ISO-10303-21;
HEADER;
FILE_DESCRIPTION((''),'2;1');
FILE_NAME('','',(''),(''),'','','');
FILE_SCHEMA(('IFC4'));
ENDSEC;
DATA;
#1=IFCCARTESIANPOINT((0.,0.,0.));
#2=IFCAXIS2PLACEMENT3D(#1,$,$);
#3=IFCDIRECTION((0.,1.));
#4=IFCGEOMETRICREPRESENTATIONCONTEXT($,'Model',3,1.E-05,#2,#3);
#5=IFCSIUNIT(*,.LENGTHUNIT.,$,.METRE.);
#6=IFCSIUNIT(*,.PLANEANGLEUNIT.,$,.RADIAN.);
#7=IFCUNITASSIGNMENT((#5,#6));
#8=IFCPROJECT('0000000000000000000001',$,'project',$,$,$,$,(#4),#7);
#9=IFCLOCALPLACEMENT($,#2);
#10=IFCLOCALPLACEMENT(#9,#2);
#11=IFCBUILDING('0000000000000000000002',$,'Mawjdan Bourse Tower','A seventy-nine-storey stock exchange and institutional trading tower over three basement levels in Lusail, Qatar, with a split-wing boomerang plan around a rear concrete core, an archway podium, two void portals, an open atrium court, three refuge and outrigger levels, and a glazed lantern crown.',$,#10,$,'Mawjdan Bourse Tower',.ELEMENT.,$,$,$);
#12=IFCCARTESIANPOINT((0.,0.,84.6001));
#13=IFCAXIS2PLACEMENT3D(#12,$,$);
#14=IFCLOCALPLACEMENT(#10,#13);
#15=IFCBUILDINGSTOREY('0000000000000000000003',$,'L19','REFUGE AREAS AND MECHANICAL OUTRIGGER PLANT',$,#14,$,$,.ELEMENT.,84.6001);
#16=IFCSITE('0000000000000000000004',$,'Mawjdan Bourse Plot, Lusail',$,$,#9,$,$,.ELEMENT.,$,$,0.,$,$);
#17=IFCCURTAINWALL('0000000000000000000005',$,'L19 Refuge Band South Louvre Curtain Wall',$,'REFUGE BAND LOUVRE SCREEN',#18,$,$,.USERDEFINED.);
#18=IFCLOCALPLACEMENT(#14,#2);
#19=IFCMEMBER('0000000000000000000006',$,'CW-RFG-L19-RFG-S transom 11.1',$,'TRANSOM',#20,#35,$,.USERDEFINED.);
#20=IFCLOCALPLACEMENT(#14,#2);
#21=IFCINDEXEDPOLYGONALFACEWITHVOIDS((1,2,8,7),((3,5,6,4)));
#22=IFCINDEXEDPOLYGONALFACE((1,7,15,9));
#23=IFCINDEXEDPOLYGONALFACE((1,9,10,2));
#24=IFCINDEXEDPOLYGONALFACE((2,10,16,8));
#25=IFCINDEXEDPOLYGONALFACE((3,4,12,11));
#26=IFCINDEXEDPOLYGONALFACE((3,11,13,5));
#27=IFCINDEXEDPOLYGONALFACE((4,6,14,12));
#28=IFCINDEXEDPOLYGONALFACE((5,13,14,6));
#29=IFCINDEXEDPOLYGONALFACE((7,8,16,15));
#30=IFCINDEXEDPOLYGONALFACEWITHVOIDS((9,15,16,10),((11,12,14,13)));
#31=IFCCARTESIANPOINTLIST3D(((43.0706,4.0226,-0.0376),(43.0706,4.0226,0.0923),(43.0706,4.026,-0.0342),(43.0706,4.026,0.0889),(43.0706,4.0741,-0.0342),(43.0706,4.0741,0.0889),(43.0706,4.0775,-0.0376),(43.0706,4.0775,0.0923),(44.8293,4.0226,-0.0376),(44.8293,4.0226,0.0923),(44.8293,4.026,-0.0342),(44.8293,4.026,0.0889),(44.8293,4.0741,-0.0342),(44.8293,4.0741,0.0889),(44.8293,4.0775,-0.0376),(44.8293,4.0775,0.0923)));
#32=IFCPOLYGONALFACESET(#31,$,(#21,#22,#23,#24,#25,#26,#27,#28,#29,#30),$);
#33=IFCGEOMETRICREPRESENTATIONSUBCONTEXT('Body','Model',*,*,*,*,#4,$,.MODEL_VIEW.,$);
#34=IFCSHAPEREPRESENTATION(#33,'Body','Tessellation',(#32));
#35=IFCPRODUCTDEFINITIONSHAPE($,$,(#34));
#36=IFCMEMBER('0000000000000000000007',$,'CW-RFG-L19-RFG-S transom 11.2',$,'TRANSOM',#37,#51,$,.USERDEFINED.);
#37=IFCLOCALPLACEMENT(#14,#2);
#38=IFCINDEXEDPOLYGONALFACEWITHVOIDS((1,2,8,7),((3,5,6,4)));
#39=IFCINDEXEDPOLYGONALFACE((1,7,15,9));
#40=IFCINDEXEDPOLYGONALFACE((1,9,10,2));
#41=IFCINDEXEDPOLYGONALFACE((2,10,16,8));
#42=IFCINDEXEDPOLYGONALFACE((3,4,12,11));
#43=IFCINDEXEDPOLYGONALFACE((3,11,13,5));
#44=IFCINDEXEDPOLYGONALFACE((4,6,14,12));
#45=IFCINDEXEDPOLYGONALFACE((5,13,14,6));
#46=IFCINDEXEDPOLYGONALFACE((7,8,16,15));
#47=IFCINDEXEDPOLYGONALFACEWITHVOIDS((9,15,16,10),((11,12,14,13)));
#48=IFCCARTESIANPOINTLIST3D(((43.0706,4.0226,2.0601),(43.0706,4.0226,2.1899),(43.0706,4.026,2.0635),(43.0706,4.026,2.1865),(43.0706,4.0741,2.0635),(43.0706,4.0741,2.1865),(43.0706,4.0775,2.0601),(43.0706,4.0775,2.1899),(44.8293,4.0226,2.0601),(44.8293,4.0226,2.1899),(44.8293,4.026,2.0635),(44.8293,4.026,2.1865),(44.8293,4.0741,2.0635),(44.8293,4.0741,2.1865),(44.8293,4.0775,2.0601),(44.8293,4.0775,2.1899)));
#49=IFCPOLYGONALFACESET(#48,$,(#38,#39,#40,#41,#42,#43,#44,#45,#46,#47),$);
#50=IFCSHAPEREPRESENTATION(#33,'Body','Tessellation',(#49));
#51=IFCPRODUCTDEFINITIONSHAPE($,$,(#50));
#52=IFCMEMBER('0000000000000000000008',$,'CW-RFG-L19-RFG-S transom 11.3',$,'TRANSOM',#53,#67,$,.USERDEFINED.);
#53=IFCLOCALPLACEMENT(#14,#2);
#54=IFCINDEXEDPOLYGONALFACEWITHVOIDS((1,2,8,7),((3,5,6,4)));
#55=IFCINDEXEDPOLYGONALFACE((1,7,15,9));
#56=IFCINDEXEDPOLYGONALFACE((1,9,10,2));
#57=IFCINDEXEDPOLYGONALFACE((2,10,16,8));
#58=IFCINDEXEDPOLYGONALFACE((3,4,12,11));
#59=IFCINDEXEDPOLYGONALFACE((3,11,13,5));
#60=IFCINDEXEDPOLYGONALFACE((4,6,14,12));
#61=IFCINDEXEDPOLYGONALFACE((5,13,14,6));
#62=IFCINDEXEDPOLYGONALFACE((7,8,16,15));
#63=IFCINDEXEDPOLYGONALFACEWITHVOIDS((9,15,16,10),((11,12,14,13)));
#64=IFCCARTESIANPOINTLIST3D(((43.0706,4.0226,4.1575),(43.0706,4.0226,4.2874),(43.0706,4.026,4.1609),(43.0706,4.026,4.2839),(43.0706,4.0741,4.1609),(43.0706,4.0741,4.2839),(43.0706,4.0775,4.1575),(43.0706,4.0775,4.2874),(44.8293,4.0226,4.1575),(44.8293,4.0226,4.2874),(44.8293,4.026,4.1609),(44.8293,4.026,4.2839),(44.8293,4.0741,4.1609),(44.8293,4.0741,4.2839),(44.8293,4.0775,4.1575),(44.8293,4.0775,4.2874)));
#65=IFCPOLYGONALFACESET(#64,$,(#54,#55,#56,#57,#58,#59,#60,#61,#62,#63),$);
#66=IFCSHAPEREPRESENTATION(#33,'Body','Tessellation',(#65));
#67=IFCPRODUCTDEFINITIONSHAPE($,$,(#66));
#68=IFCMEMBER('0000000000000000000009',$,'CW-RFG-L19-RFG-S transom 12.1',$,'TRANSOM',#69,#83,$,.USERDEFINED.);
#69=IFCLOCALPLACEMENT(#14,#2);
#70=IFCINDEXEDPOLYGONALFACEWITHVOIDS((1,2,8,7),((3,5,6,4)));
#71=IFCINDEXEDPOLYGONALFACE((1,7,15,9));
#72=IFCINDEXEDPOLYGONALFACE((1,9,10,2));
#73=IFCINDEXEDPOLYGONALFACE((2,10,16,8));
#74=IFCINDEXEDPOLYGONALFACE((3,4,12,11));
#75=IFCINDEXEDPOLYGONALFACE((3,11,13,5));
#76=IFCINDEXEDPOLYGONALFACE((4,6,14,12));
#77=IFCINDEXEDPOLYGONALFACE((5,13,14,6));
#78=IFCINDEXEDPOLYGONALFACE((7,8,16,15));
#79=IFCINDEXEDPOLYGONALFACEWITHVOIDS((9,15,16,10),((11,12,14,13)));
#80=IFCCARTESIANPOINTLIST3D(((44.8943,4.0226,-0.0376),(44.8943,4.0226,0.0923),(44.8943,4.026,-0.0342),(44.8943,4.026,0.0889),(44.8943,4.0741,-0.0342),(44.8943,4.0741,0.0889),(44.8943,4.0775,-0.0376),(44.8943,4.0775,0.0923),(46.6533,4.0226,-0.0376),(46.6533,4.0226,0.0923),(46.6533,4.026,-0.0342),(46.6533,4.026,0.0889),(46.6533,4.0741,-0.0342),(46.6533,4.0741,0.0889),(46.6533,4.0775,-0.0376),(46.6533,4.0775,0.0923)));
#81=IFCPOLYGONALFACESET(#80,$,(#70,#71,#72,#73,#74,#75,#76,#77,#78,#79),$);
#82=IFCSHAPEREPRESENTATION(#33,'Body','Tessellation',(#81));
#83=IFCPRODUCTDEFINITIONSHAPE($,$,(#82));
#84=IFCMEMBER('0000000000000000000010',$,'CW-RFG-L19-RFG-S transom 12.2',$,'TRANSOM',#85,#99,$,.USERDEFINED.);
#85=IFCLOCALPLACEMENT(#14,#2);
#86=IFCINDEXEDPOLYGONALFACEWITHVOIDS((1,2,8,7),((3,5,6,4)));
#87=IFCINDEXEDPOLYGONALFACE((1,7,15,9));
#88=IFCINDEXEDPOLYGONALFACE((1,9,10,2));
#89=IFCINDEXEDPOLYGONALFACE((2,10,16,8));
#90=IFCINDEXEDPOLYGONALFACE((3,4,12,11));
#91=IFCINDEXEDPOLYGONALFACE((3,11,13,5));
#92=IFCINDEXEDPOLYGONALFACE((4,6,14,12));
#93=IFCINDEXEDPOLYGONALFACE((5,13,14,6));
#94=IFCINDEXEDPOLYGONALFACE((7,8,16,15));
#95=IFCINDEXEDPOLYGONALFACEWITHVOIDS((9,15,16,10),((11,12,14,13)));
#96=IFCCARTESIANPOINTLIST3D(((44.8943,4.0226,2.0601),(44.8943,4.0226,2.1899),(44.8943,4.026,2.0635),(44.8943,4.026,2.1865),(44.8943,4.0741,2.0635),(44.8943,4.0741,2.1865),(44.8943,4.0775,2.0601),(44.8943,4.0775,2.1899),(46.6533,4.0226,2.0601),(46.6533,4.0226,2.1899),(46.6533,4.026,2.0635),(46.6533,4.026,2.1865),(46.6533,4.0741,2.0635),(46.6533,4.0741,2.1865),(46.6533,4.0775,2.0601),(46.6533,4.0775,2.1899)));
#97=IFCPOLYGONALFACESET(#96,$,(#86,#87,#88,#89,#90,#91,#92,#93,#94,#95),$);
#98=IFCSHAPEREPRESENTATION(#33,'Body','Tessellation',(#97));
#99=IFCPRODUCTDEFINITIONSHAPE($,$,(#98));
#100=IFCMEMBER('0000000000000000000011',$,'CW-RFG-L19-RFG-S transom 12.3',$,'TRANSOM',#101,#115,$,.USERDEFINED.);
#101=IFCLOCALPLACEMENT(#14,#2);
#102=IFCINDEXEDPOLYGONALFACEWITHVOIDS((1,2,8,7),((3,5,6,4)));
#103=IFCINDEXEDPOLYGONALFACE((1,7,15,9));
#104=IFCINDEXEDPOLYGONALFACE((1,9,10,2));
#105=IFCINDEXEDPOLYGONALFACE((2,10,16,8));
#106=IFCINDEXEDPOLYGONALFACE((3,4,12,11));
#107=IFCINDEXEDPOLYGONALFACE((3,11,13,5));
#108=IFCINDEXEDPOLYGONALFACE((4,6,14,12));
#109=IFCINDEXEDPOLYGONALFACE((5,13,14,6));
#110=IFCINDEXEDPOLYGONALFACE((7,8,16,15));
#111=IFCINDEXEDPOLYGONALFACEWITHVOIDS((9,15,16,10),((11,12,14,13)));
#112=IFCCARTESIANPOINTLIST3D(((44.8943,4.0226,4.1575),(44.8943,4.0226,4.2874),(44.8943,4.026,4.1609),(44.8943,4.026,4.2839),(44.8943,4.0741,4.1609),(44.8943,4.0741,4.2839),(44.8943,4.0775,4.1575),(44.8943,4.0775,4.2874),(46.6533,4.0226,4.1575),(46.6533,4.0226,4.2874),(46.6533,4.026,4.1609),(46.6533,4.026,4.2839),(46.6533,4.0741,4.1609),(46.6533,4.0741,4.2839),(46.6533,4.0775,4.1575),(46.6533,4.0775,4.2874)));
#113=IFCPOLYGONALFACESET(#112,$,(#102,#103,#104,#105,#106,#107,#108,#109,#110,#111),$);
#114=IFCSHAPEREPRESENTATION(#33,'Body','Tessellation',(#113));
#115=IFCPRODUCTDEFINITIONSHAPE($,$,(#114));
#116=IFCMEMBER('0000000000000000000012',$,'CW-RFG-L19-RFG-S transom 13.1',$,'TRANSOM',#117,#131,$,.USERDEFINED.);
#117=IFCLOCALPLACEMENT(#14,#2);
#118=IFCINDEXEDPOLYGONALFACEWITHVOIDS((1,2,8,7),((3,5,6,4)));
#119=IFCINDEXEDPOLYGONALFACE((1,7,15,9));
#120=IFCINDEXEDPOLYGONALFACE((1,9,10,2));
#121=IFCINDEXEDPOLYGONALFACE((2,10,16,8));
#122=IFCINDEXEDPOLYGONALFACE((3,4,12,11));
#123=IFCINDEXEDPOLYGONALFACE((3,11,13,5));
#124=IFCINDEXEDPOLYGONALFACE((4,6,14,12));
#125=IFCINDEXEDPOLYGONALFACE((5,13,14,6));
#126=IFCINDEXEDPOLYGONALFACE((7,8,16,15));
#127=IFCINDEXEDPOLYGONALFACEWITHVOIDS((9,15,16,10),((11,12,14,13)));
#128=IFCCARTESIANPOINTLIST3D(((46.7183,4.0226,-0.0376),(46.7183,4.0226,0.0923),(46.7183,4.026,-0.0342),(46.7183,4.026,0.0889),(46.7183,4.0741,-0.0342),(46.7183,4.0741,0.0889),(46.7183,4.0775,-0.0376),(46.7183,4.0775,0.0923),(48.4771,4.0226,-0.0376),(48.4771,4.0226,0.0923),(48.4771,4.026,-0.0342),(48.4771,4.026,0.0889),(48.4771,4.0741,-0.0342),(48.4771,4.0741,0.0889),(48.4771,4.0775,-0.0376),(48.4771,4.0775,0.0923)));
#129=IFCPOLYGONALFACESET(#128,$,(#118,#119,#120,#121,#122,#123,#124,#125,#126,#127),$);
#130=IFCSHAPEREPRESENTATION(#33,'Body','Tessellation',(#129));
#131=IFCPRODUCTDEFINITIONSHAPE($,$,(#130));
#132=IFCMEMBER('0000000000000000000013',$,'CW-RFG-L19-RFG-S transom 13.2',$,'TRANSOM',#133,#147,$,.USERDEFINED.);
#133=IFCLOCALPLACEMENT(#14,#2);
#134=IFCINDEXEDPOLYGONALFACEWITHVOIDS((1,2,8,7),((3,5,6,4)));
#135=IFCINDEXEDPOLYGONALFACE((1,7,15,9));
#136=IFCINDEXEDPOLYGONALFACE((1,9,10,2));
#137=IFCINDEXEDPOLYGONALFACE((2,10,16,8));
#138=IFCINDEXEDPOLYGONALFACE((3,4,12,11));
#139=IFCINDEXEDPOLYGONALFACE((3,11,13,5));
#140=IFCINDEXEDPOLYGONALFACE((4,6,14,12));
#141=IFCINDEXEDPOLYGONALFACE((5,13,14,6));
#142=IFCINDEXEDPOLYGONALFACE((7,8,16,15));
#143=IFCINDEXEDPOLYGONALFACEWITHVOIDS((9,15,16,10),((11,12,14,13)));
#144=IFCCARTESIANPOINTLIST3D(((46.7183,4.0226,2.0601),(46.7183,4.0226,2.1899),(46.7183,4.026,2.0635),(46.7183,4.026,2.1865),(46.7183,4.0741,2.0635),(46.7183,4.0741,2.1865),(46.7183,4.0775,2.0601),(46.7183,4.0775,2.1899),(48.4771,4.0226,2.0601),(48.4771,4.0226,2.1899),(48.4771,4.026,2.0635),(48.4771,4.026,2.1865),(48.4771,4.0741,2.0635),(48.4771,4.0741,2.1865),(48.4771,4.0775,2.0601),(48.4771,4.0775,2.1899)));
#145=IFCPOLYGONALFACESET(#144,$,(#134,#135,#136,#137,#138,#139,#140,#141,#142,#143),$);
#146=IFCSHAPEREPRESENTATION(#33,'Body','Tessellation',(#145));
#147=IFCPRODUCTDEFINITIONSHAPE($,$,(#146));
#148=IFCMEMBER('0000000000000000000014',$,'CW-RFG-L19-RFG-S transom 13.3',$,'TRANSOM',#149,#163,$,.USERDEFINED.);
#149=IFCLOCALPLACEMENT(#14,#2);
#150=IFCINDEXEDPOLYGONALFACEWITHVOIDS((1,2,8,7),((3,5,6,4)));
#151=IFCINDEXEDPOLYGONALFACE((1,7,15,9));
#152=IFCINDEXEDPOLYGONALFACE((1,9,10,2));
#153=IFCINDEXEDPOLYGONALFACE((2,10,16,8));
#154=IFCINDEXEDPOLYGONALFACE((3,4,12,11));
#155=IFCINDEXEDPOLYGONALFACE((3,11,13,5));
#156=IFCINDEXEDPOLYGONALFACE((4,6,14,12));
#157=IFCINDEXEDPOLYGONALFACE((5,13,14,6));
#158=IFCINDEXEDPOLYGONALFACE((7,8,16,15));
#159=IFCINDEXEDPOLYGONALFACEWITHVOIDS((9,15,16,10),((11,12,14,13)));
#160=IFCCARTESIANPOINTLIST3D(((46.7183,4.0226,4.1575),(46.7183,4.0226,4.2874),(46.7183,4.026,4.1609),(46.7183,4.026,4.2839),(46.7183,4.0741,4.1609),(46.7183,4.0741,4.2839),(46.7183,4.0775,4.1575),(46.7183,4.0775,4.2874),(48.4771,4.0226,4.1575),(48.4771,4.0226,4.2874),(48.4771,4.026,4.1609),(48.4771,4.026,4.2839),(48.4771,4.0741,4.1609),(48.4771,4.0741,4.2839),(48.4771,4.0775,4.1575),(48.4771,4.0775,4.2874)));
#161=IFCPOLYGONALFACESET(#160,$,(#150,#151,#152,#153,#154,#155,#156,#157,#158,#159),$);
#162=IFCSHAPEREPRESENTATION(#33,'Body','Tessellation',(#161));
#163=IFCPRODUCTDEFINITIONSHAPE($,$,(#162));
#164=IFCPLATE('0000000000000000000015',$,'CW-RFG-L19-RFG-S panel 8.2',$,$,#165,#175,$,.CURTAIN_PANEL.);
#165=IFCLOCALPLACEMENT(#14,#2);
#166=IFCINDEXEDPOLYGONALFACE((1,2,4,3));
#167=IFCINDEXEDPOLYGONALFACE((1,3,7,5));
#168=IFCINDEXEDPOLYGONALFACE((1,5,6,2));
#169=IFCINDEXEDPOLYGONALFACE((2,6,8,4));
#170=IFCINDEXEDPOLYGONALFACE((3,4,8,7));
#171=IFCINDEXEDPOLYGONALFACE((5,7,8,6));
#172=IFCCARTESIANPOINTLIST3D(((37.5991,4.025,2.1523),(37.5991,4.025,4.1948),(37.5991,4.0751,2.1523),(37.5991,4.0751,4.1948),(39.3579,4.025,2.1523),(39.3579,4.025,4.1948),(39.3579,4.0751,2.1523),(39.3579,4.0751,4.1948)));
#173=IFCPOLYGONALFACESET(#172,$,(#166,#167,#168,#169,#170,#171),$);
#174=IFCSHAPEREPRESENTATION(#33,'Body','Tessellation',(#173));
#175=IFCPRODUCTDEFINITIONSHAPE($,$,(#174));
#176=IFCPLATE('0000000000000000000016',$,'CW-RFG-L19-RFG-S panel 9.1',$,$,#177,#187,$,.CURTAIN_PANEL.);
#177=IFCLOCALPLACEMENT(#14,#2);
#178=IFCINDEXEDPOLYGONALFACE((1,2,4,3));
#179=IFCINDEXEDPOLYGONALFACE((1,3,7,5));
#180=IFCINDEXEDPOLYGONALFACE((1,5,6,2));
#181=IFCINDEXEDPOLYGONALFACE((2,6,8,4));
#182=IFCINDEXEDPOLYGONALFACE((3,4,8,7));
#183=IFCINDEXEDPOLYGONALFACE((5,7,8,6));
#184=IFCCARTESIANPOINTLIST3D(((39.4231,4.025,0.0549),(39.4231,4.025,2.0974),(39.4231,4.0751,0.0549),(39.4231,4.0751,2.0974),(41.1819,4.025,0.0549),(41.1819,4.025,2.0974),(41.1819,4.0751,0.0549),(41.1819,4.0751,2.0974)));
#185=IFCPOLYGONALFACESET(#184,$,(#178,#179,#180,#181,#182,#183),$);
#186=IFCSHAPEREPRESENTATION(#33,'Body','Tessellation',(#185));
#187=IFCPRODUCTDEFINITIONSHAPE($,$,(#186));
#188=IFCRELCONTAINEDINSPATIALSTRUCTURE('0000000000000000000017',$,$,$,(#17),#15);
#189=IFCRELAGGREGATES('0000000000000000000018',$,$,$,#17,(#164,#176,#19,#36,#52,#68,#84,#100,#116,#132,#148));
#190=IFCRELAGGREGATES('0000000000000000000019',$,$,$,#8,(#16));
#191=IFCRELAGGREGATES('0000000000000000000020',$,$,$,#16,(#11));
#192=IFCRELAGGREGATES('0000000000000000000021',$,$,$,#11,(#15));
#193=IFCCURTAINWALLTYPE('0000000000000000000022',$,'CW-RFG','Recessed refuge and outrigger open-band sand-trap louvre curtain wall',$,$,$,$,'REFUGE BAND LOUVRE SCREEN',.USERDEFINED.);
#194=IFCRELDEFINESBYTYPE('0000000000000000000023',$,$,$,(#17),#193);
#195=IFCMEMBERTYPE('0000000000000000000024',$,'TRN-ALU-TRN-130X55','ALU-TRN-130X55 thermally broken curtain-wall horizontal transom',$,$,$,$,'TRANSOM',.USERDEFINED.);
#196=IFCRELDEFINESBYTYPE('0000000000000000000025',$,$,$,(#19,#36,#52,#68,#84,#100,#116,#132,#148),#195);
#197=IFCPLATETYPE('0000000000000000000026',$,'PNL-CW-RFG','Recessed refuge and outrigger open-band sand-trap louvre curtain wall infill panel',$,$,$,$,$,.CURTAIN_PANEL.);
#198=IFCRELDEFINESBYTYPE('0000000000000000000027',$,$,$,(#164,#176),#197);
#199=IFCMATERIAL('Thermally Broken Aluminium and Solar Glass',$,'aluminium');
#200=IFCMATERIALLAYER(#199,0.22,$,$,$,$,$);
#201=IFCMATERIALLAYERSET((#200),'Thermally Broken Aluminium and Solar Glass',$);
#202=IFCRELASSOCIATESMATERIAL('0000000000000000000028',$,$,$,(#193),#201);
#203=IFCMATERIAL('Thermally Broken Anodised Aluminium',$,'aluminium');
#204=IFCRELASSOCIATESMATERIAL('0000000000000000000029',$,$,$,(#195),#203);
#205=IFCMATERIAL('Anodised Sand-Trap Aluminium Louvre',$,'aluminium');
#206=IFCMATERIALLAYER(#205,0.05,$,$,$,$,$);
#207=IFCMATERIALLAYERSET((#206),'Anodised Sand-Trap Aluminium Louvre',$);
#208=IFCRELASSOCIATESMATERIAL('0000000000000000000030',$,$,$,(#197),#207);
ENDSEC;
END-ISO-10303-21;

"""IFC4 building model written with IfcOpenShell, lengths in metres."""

from ifc_helpers import new_model, si_unit, direction, frame, origin, origin_2d, place, context, subcontext, project, spatial, rectangle, hollow_rectangle, extrude, material, layer, layer_set, material_profile, profile_set, type_object, element, aggregate, save


model = new_model("IFC4")

# Units and contexts
model_context = context("Model", 3, precision=1e-05, world=origin(), true_north=direction((0.0, 1.0)))
body_context = subcontext(model_context, "Body", "Model", "MODEL_VIEW")
ifc_project = project(units=[si_unit("LENGTHUNIT", "METRE"), si_unit("PLANEANGLEUNIT", "RADIAN")], contexts=[model_context])

# Site, building, storey
site_placement = place(None, origin())
site = spatial("IfcSite", under=ifc_project, at=site_placement, Name="Mawjdan Bourse Plot, Lusail", CompositionType="ELEMENT", RefElevation=0.0)
building_placement = place(site_placement, origin())
building = spatial("IfcBuilding", under=site, at=building_placement, Name="Mawjdan Bourse Tower", Description="A seventy-nine-storey stock exchange and institutional trading tower over three basement levels in Lusail, Qatar, with a split-wing boomerang plan around a rear concrete core, an archway podium, two void portals, an open atrium court, three refuge and outrigger levels, and a glazed lantern crown.", LongName="Mawjdan Bourse Tower", CompositionType="ELEMENT")
storey_placement = place(building_placement, frame((0.0, 0.0, 84.6001)))
storey = spatial("IfcBuildingStorey", under=building, at=storey_placement, Name="L19", Description="REFUGE AREAS AND MECHANICAL OUTRIGGER PLANT", CompositionType="ELEMENT", Elevation=84.6001)

# Curtain wall
ifc_material_1 = material(Name="Thermally Broken Aluminium and Solar Glass", Category="aluminium")
ifc_layer_1 = layer(ifc_material_1, 0.22)
ifc_layer_set_1 = layer_set([ifc_layer_1], Name="Thermally Broken Aluminium and Solar Glass")
curtain_wall_type = type_object("IfcCurtainWallType", Name="CW-RFG", Description="Recessed refuge and outrigger open-band sand-trap louvre curtain wall", ElementType="REFUGE BAND LOUVRE SCREEN", PredefinedType="USERDEFINED", material=ifc_layer_set_1)
curtain_wall_placement = place(storey_placement, origin())
curtain_wall = element("IfcCurtainWall", 1, at=curtain_wall_placement, inside=storey, type_object=curtain_wall_type, Name="L19 Refuge Band South Louvre Curtain Wall", ObjectType="REFUGE BAND LOUVRE SCREEN", PredefinedType="USERDEFINED")
ifc_material_2 = material(Name="Thermally Broken Anodised Aluminium", Category="aluminium")

# Members
ifc_material_profile_1 = material_profile(ifc_material_2, hollow_rectangle(XDim=0.0549, YDim=0.1299, WallThickness=0.0034, at=origin_2d()), Name="ALU-TRN-130X55")
ifc_profile_set_1 = profile_set([ifc_material_profile_1], Name="Thermally Broken Anodised Aluminium")
member_type_1 = type_object("IfcMemberType", Name="TRN-ALU-TRN-130X55", Description="ALU-TRN-130X55 thermally broken curtain-wall horizontal transom", ElementType="TRANSOM", PredefinedType="USERDEFINED", material=ifc_profile_set_1)
member_1_placement = place(storey_placement, frame((43.0706, 4.05, 0.0273), z_axis=(1.0, 0.0, 0.0), x_axis=(0.0, 1.0, 0.0)))
member_1 = element("IfcMember", 2, at=member_1_placement, type_object=member_type_1, Name="CW-RFG-L19-RFG-S transom 11.1", ObjectType="TRANSOM", PredefinedType="USERDEFINED", context=body_context, shape_type="SweptSolid", body=[
    extrude(hollow_rectangle(XDim=0.0549, YDim=0.1299, WallThickness=0.0034, at=origin_2d()), origin(), (0.0, 0.0, 1.0), 1.7588),
])
member_2_placement = place(storey_placement, frame((43.0706, 4.05, 2.125), z_axis=(1.0, 0.0, 0.0), x_axis=(0.0, 1.0, 0.0)))
member_2 = element("IfcMember", 3, at=member_2_placement, type_object=member_type_1, Name="CW-RFG-L19-RFG-S transom 11.2", ObjectType="TRANSOM", PredefinedType="USERDEFINED", context=body_context, shape_type="SweptSolid", body=[
    extrude(hollow_rectangle(XDim=0.0549, YDim=0.1299, WallThickness=0.0034, at=origin_2d()), origin(), (0.0, 0.0, 1.0), 1.7588),
])
member_3_placement = place(storey_placement, frame((43.0706, 4.05, 4.2224), z_axis=(1.0, 0.0, 0.0), x_axis=(0.0, 1.0, 0.0)))
member_3 = element("IfcMember", 4, at=member_3_placement, type_object=member_type_1, Name="CW-RFG-L19-RFG-S transom 11.3", ObjectType="TRANSOM", PredefinedType="USERDEFINED", context=body_context, shape_type="SweptSolid", body=[
    extrude(hollow_rectangle(XDim=0.0549, YDim=0.1299, WallThickness=0.0034, at=origin_2d()), origin(), (0.0, 0.0, 1.0), 1.7588),
])
member_4_placement = place(storey_placement, frame((44.8943, 4.05, 0.0273), z_axis=(1.0, 0.0, 0.0), x_axis=(0.0, 1.0, 0.0)))
member_4 = element("IfcMember", 5, at=member_4_placement, type_object=member_type_1, Name="CW-RFG-L19-RFG-S transom 12.1", ObjectType="TRANSOM", PredefinedType="USERDEFINED", context=body_context, shape_type="SweptSolid", body=[
    extrude(hollow_rectangle(XDim=0.0549, YDim=0.1299, WallThickness=0.0034, at=origin_2d()), origin(), (0.0, 0.0, 1.0), 1.759),
])
member_5_placement = place(storey_placement, frame((44.8943, 4.05, 2.125), z_axis=(1.0, 0.0, 0.0), x_axis=(0.0, 1.0, 0.0)))
member_5 = element("IfcMember", 6, at=member_5_placement, type_object=member_type_1, Name="CW-RFG-L19-RFG-S transom 12.2", ObjectType="TRANSOM", PredefinedType="USERDEFINED", context=body_context, shape_type="SweptSolid", body=[
    extrude(hollow_rectangle(XDim=0.0549, YDim=0.1299, WallThickness=0.0034, at=origin_2d()), origin(), (0.0, 0.0, 1.0), 1.759),
])
member_6_placement = place(storey_placement, frame((44.8943, 4.05, 4.2224), z_axis=(1.0, 0.0, 0.0), x_axis=(0.0, 1.0, 0.0)))
member_6 = element("IfcMember", 7, at=member_6_placement, type_object=member_type_1, Name="CW-RFG-L19-RFG-S transom 12.3", ObjectType="TRANSOM", PredefinedType="USERDEFINED", context=body_context, shape_type="SweptSolid", body=[
    extrude(hollow_rectangle(XDim=0.0549, YDim=0.1299, WallThickness=0.0034, at=origin_2d()), origin(), (0.0, 0.0, 1.0), 1.759),
])
member_7_placement = place(storey_placement, frame((46.7183, 4.05, 0.0273), z_axis=(1.0, 0.0, 0.0), x_axis=(0.0, 1.0, 0.0)))
member_7 = element("IfcMember", 8, at=member_7_placement, type_object=member_type_1, Name="CW-RFG-L19-RFG-S transom 13.1", ObjectType="TRANSOM", PredefinedType="USERDEFINED", context=body_context, shape_type="SweptSolid", body=[
    extrude(hollow_rectangle(XDim=0.0549, YDim=0.1299, WallThickness=0.0034, at=origin_2d()), origin(), (0.0, 0.0, 1.0), 1.7588),
])
member_8_placement = place(storey_placement, frame((46.7183, 4.05, 2.125), z_axis=(1.0, 0.0, 0.0), x_axis=(0.0, 1.0, 0.0)))
member_8 = element("IfcMember", 9, at=member_8_placement, type_object=member_type_1, Name="CW-RFG-L19-RFG-S transom 13.2", ObjectType="TRANSOM", PredefinedType="USERDEFINED", context=body_context, shape_type="SweptSolid", body=[
    extrude(hollow_rectangle(XDim=0.0549, YDim=0.1299, WallThickness=0.0034, at=origin_2d()), origin(), (0.0, 0.0, 1.0), 1.7588),
])
member_9_placement = place(storey_placement, frame((46.7183, 4.05, 4.2224), z_axis=(1.0, 0.0, 0.0), x_axis=(0.0, 1.0, 0.0)))
member_9 = element("IfcMember", 10, at=member_9_placement, type_object=member_type_1, Name="CW-RFG-L19-RFG-S transom 13.3", ObjectType="TRANSOM", PredefinedType="USERDEFINED", context=body_context, shape_type="SweptSolid", body=[
    extrude(hollow_rectangle(XDim=0.0549, YDim=0.1299, WallThickness=0.0034, at=origin_2d()), origin(), (0.0, 0.0, 1.0), 1.7588),
])

# Plates
ifc_material_3 = material(Name="Anodised Sand-Trap Aluminium Louvre", Category="aluminium")
ifc_layer_2 = layer(ifc_material_3, 0.05)
ifc_layer_set_2 = layer_set([ifc_layer_2], Name="Anodised Sand-Trap Aluminium Louvre")
plate_type = type_object("IfcPlateType", Name="PNL-CW-RFG", Description="Recessed refuge and outrigger open-band sand-trap louvre curtain wall infill panel", PredefinedType="CURTAIN_PANEL", material=ifc_layer_set_2)
plate_1_placement = place(storey_placement, frame((38.4785, 4.05, 2.1523), z_axis=(0.0, 0.0, 1.0), x_axis=(1.0, 0.0, 0.0)))
plate_1 = element("IfcPlate", 11, at=plate_1_placement, type_object=plate_type, Name="CW-RFG-L19-RFG-S panel 8.2", PredefinedType="CURTAIN_PANEL", context=body_context, shape_type="SweptSolid", body=[
    extrude(rectangle(XDim=1.7588, YDim=0.05, at=origin_2d()), origin(), (0.0, 0.0, 1.0), 2.0425),
])
plate_2_placement = place(storey_placement, frame((40.3025, 4.05, 0.0549), z_axis=(0.0, 0.0, 1.0), x_axis=(1.0, 0.0, 0.0)))
plate_2 = element("IfcPlate", 12, at=plate_2_placement, type_object=plate_type, Name="CW-RFG-L19-RFG-S panel 9.1", PredefinedType="CURTAIN_PANEL", context=body_context, shape_type="SweptSolid", body=[
    extrude(rectangle(XDim=1.7588, YDim=0.05, at=origin_2d()), origin(), (0.0, 0.0, 1.0), 2.0425),
])
aggregate(curtain_wall, [plate_1, plate_2, member_1, member_2, member_3, member_4, member_5, member_6, member_7, member_8, member_9])

save(model, "model.ifc")
